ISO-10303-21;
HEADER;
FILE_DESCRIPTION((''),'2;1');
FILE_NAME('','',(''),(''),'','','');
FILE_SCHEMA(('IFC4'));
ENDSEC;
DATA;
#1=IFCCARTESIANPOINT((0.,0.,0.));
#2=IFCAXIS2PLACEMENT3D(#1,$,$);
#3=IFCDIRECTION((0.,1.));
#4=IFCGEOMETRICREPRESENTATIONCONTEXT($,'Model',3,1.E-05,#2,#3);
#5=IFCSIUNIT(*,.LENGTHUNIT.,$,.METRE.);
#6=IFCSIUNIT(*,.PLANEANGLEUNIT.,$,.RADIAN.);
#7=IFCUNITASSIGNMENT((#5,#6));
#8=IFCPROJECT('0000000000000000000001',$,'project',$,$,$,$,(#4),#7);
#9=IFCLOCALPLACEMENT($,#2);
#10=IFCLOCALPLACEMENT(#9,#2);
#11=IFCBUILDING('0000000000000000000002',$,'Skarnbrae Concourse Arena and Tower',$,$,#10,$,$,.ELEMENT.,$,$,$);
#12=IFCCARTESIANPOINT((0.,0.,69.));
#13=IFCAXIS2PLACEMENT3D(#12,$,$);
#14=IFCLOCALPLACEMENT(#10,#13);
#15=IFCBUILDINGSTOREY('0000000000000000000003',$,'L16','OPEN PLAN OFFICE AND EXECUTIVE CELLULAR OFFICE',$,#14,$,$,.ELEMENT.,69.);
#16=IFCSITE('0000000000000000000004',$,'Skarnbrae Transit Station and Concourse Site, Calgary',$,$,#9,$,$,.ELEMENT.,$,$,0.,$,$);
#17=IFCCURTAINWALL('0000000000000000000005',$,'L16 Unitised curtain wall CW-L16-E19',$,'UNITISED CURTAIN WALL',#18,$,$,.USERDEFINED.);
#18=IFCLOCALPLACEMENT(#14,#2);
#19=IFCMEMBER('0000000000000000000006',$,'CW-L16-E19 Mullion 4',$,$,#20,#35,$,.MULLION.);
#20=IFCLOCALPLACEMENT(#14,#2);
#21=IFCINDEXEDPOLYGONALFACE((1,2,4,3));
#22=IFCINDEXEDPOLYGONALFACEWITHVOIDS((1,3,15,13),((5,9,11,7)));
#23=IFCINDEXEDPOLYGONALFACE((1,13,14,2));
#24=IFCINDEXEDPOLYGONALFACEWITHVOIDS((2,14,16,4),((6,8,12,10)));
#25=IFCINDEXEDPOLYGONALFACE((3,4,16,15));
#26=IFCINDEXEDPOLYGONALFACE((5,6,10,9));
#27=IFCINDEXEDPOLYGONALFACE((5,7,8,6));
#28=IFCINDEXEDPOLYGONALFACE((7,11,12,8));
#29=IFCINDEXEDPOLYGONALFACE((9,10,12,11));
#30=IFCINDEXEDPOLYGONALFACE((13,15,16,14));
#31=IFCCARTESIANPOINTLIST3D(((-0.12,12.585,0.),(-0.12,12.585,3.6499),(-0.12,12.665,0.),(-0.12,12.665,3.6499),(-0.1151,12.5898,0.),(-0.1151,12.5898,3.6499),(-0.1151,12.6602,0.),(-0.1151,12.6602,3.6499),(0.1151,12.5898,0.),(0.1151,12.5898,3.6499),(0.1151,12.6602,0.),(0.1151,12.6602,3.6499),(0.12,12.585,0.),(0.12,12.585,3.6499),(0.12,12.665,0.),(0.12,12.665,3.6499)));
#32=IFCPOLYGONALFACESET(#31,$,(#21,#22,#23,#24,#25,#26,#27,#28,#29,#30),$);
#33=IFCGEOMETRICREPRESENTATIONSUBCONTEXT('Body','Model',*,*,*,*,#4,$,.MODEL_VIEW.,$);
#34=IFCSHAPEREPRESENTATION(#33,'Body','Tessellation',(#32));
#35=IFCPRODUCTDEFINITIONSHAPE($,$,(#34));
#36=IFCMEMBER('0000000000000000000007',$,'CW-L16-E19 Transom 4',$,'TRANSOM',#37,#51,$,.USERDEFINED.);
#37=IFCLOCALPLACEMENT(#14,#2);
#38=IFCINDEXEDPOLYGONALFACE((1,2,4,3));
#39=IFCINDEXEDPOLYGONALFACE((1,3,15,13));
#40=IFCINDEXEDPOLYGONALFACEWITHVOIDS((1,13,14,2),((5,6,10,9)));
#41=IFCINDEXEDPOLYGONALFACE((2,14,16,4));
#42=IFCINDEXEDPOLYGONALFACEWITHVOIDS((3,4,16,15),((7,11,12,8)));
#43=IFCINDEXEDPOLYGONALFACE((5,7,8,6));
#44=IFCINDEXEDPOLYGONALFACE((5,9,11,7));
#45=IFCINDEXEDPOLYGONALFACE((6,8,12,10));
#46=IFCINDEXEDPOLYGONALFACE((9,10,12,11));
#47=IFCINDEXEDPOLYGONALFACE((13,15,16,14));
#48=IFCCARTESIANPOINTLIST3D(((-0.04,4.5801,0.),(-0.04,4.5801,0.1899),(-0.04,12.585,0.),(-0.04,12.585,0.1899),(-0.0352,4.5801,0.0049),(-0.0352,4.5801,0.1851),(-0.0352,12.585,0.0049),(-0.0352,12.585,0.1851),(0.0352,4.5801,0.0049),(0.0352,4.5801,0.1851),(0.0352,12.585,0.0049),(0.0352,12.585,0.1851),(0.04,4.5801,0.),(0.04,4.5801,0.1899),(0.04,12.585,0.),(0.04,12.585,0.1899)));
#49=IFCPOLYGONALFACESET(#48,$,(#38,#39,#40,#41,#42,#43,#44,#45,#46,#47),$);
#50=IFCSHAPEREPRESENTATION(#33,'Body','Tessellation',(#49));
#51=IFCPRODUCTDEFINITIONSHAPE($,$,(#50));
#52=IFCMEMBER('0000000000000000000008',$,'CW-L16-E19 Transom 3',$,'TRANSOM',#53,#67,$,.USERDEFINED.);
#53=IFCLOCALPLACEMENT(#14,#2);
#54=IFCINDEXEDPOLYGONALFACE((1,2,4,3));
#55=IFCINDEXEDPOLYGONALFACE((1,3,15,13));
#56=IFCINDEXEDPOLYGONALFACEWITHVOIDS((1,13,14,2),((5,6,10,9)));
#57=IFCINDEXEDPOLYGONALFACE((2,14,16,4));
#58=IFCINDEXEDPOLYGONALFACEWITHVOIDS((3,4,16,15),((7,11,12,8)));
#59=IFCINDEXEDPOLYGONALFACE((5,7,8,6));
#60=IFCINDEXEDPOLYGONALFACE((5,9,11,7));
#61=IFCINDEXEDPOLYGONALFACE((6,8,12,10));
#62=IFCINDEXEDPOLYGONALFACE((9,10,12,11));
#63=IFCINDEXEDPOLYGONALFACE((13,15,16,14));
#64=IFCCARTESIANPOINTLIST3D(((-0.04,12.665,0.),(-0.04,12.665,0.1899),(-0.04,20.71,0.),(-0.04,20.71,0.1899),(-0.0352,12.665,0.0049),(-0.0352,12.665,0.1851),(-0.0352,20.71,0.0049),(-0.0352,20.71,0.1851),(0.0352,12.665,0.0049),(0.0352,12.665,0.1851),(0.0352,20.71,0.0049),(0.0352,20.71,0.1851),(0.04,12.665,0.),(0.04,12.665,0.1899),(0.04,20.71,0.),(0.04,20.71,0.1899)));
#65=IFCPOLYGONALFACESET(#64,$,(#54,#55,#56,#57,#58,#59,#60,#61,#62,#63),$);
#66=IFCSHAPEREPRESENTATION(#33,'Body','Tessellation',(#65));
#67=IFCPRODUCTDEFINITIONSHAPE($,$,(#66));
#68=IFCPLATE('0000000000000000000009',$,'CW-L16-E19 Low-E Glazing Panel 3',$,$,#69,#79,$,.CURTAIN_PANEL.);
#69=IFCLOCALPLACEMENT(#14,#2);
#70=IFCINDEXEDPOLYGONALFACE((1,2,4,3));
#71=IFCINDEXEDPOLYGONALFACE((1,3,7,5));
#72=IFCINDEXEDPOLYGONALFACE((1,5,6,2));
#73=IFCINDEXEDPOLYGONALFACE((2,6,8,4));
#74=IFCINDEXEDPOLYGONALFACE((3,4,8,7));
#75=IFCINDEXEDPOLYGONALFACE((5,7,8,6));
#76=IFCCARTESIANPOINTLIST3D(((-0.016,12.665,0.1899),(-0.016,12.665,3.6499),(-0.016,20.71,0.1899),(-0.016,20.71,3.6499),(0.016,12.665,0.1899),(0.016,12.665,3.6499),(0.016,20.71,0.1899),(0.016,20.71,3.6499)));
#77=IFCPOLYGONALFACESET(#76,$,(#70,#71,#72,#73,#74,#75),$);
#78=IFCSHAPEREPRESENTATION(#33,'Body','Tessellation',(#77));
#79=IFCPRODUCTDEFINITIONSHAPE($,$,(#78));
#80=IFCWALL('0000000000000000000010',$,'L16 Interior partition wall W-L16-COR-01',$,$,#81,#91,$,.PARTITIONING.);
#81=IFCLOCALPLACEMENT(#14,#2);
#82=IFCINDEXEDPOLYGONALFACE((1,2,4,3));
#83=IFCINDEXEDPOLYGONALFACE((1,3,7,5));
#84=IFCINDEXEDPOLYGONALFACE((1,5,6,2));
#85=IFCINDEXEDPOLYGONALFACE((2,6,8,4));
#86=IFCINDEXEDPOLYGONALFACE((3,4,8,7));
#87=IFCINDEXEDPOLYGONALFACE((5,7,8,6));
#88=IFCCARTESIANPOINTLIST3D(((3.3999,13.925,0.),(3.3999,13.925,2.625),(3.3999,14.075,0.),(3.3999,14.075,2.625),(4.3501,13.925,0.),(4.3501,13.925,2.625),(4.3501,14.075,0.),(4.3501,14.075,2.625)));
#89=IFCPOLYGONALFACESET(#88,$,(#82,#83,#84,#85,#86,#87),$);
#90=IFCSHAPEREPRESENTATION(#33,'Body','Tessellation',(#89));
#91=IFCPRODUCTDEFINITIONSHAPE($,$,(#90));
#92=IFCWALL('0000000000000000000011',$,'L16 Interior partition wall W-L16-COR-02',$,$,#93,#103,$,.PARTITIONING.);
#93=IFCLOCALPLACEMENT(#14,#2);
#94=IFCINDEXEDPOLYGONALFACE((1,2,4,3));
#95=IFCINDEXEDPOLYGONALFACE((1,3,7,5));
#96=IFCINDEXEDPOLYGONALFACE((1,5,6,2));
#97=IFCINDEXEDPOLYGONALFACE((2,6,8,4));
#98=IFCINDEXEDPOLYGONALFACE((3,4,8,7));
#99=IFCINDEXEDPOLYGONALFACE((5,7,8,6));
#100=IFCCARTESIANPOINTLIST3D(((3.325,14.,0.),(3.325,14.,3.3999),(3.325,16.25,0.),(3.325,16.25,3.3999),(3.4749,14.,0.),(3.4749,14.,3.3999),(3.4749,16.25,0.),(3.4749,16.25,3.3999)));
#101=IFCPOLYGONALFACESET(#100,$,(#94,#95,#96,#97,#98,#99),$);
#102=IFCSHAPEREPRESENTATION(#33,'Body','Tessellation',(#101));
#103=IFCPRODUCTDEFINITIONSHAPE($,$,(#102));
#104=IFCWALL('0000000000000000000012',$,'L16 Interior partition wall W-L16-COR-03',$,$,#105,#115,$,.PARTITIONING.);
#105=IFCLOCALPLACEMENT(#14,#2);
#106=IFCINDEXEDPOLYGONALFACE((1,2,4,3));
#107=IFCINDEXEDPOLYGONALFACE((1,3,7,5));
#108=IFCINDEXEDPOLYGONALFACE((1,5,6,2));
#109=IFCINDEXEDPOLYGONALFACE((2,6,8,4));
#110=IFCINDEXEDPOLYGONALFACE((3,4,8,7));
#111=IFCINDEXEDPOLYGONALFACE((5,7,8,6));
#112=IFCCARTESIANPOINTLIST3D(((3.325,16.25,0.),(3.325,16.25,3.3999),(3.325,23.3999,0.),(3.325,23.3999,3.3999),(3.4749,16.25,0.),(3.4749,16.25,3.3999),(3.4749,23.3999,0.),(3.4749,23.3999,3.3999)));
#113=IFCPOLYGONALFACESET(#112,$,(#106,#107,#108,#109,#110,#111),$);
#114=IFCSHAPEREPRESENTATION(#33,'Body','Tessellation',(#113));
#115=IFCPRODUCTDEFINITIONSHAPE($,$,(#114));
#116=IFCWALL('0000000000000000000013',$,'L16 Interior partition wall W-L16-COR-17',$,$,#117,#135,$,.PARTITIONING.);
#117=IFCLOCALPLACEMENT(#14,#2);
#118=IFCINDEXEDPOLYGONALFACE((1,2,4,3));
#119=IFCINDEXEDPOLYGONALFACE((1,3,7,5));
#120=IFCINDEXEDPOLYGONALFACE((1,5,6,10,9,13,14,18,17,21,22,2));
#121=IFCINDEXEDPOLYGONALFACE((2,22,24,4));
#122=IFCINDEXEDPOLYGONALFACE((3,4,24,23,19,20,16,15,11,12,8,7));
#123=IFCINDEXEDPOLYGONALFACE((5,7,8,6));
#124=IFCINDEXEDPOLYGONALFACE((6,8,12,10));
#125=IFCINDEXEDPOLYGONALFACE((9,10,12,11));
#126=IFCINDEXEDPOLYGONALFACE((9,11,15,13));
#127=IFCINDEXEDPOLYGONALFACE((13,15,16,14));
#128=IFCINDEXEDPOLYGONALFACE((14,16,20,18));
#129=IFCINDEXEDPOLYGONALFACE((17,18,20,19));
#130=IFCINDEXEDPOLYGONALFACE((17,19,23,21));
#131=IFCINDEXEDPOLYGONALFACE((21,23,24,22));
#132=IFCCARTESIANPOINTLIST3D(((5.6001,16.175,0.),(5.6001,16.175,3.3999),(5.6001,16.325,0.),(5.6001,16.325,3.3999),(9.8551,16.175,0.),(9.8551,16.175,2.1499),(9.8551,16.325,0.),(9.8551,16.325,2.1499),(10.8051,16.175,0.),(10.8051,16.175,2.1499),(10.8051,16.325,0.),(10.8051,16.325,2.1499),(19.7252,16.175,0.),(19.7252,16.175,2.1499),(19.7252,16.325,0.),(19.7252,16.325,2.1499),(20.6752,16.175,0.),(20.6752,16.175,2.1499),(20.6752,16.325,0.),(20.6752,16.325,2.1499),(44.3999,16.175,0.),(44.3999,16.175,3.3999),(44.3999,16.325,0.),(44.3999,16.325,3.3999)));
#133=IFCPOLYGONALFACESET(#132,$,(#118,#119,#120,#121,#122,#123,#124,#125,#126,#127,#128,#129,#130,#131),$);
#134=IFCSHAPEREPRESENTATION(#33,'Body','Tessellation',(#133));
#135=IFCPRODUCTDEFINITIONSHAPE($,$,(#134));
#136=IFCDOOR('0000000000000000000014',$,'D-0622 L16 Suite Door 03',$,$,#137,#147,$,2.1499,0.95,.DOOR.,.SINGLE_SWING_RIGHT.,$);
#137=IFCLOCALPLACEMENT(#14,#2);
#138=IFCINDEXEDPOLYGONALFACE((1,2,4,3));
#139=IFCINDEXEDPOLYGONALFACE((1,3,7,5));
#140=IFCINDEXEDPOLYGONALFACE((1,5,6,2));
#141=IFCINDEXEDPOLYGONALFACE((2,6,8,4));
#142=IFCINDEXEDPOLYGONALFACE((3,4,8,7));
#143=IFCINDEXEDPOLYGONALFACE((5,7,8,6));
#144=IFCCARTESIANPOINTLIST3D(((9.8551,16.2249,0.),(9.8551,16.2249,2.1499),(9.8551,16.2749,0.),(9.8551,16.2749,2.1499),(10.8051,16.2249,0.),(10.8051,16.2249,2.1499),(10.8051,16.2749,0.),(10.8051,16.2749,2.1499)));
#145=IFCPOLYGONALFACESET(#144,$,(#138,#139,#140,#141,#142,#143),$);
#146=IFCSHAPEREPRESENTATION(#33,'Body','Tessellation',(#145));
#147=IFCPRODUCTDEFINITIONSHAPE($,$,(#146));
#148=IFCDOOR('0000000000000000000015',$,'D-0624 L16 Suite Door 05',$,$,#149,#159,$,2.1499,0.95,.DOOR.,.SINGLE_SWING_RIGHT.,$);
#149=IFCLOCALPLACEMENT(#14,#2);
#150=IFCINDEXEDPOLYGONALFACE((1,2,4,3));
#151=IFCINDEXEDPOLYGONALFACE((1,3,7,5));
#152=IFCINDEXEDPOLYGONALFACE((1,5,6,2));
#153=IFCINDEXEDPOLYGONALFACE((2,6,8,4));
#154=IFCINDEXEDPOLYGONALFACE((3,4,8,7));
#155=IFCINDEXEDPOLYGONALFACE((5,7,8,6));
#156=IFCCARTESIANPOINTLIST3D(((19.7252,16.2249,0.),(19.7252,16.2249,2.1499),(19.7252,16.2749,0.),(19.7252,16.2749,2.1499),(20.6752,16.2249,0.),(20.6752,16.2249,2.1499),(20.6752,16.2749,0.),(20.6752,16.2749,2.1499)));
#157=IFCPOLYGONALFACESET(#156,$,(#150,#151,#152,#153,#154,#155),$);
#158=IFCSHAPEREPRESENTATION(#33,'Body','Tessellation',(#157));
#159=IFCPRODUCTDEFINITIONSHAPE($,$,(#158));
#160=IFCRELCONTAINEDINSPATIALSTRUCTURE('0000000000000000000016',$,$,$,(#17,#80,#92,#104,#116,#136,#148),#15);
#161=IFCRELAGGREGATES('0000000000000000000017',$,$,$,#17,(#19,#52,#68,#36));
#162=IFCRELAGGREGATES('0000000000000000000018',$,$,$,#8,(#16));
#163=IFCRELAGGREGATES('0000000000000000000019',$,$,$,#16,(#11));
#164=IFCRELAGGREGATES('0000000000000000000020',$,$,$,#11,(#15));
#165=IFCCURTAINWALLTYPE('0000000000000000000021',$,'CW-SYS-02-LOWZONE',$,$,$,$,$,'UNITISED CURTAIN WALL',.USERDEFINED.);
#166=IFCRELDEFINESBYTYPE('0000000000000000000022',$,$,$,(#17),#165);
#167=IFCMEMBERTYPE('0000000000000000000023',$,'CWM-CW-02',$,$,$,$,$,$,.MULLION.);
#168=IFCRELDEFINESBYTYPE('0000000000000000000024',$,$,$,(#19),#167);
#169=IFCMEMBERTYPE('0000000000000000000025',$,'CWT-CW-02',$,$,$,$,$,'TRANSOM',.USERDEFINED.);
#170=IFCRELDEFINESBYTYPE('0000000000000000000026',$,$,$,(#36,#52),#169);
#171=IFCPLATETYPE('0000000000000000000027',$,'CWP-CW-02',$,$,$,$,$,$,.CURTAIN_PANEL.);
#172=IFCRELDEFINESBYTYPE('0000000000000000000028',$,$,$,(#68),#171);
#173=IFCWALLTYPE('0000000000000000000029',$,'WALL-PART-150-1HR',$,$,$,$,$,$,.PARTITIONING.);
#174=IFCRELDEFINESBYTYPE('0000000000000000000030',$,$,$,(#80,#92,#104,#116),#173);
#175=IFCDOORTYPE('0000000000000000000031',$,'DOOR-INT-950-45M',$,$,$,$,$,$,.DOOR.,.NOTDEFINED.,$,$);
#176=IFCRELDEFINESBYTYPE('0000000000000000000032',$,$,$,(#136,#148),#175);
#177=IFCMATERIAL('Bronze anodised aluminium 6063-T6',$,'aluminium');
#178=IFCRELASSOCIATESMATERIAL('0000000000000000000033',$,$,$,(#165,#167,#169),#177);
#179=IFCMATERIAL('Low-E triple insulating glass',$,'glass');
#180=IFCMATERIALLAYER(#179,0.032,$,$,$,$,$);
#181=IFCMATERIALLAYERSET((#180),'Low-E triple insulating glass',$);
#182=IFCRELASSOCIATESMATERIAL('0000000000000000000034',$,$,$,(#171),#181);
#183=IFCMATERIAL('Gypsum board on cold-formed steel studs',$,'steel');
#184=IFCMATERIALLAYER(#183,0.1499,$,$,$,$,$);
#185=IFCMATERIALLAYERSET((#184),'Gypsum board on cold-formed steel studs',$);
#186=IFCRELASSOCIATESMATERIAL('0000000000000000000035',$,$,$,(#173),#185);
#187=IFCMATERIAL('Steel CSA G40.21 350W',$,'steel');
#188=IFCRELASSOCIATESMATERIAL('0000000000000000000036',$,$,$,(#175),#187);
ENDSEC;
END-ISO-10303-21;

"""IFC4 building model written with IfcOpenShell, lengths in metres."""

from ifc_helpers import new_model, si_unit, direction, frame, frame_2d, origin, origin_2d, place, context, subcontext, project, spatial, rectangle, hollow_rectangle, extrude, source, transform, mapped, material, layer, layer_set, material_profile, profile_set, type_object, element, fill, aggregate, save


model = new_model("IFC4")

# Units and contexts
model_context = context("Model", 3, precision=1e-05, world=origin(), true_north=direction((0.0, 1.0)))
body_context = subcontext(model_context, "Body", "Model", "MODEL_VIEW")
ifc_project = project(units=[si_unit("LENGTHUNIT", "METRE"), si_unit("PLANEANGLEUNIT", "RADIAN")], contexts=[model_context])

# Site, building, storey
site_placement = place(None, origin())
site = spatial("IfcSite", under=ifc_project, at=site_placement, Name="Skarnbrae Transit Station and Concourse Site, Calgary", CompositionType="ELEMENT", RefElevation=0.0)
building_placement = place(site_placement, origin())
building = spatial("IfcBuilding", under=site, at=building_placement, Name="Skarnbrae Concourse Arena and Tower", CompositionType="ELEMENT")
storey_placement = place(building_placement, frame((0.0, 0.0, 69.0)))
storey = spatial("IfcBuildingStorey", under=building, at=storey_placement, Name="L16", Description="OPEN PLAN OFFICE AND EXECUTIVE CELLULAR OFFICE", CompositionType="ELEMENT", Elevation=69.0)

# Shared definitions
ifc_material_1 = material(Name="Steel CSA G40.21 350W", Category="steel")

# Curtain wall, members, plate
ifc_material_2 = material(Name="Bronze anodised aluminium 6063-T6", Category="aluminium")
curtain_wall_type = type_object("IfcCurtainWallType", Name="CW-SYS-02-LOWZONE", ElementType="UNITISED CURTAIN WALL", PredefinedType="USERDEFINED", material=ifc_material_2)
curtain_wall_placement = place(storey_placement, origin())
curtain_wall = element("IfcCurtainWall", 1, at=curtain_wall_placement, inside=storey, type_object=curtain_wall_type, Name="L16 Unitised curtain wall CW-L16-E19", ObjectType="UNITISED CURTAIN WALL", PredefinedType="USERDEFINED")
ifc_material_profile_1 = material_profile(ifc_material_2, hollow_rectangle(XDim=0.0801, YDim=0.24, WallThickness=0.0049, at=origin_2d()), Name="ALU-MULL-80X240")
ifc_profile_set_1 = profile_set([ifc_material_profile_1], Name="Bronze anodised aluminium 6063-T6")
member_type_1 = type_object("IfcMemberType", Name="CWM-CW-02", PredefinedType="MULLION", material=ifc_profile_set_1)
shared_shape_1 = source(origin(), body_context, "Body", "SweptSolid", [
    extrude(hollow_rectangle(XDim=0.0801, YDim=0.24, WallThickness=0.0049, at=origin_2d()), origin(), (0.0, 0.0, 1.0), 3.6499),
])
member_1_placement = place(storey_placement, frame((0.0, 12.625, 0.0), z_axis=(0.0, 0.0, 1.0), x_axis=(0.0, -1.0, 0.0)))
member_1 = element("IfcMember", 2, at=member_1_placement, type_object=member_type_1, Name="CW-L16-E19 Mullion 4", PredefinedType="MULLION", context=body_context, shape_type="MappedRepresentation", body=[
    mapped(shared_shape_1, transform((0.0, 0.0, 0.0))),
])
ifc_material_profile_2 = material_profile(ifc_material_2, hollow_rectangle(XDim=0.0801, YDim=0.1899, WallThickness=0.0049, at=origin_2d()), Name="ALU-TRAN-80X190")
ifc_profile_set_2 = profile_set([ifc_material_profile_2], Name="Bronze anodised aluminium 6063-T6")
member_type_2 = type_object("IfcMemberType", Name="CWT-CW-02", ElementType="TRANSOM", PredefinedType="USERDEFINED", material=ifc_profile_set_2)
shared_shape_2 = source(origin(), body_context, "Body", "SweptSolid", [
    extrude(hollow_rectangle(XDim=0.0801, YDim=0.1899, WallThickness=0.0049, at=origin_2d()), origin(), (0.0, 0.0, 1.0), 8.0049),
])
member_2_placement = place(storey_placement, frame((0.0, 12.585, 0.095), z_axis=(0.0, -1.0, 0.0), x_axis=(1.0, 0.0, 0.0)))
member_2 = element("IfcMember", 3, at=member_2_placement, type_object=member_type_2, Name="CW-L16-E19 Transom 4", ObjectType="TRANSOM", PredefinedType="USERDEFINED", context=body_context, shape_type="MappedRepresentation", body=[
    mapped(shared_shape_2, transform((0.0, 0.0, 0.0))),
])
shared_shape_3 = source(origin(), body_context, "Body", "SweptSolid", [
    extrude(hollow_rectangle(XDim=0.0801, YDim=0.1899, WallThickness=0.0049, at=origin_2d()), origin(), (0.0, 0.0, 1.0), 8.0449),
])
member_3_placement = place(storey_placement, frame((0.0, 20.71, 0.095), z_axis=(0.0, -1.0, 0.0), x_axis=(1.0, 0.0, 0.0)))
member_3 = element("IfcMember", 4, at=member_3_placement, type_object=member_type_2, Name="CW-L16-E19 Transom 3", ObjectType="TRANSOM", PredefinedType="USERDEFINED", context=body_context, shape_type="MappedRepresentation", body=[
    mapped(shared_shape_3, transform((0.0, 0.0, 0.0))),
])
ifc_material_3 = material(Name="Low-E triple insulating glass", Category="glass")
ifc_layer_1 = layer(ifc_material_3, 0.032)
ifc_layer_set_1 = layer_set([ifc_layer_1], Name="Low-E triple insulating glass")
plate_type = type_object("IfcPlateType", Name="CWP-CW-02", PredefinedType="CURTAIN_PANEL", material=ifc_layer_set_1)
shared_shape_4 = source(origin(), body_context, "Body", "SweptSolid", [
    extrude(rectangle(XDim=8.0449, YDim=0.032, at=origin_2d()), origin(), (0.0, 0.0, 1.0), 3.46),
])
plate_placement = place(storey_placement, frame((0.0, 16.6875, 0.1899), z_axis=(0.0, 0.0, 1.0), x_axis=(0.0, -1.0, 0.0)))
plate = element("IfcPlate", 5, at=plate_placement, type_object=plate_type, Name="CW-L16-E19 Low-E Glazing Panel 3", PredefinedType="CURTAIN_PANEL", context=body_context, shape_type="MappedRepresentation", body=[
    mapped(shared_shape_4, transform((0.0, 0.0, 0.0))),
])
aggregate(curtain_wall, [member_1, member_3, plate, member_2])

# Shared definitions
ifc_material_4 = material(Name="Gypsum board on cold-formed steel studs", Category="steel")

# Walls
ifc_layer_2 = layer(ifc_material_4, 0.1499)
ifc_layer_set_2 = layer_set([ifc_layer_2], Name="Gypsum board on cold-formed steel studs")
wall_type_1 = type_object("IfcWallType", Name="WALL-PART-150-1HR", PredefinedType="PARTITIONING", material=ifc_layer_set_2)
shared_shape_5 = source(origin(), body_context, "Body", "SweptSolid", [
    extrude(rectangle(XDim=0.9502, YDim=0.1499, at=frame_2d((0.4751, 0.0))), origin(), (0.0, 0.0, 1.0), 2.625),
])
wall_1_placement = place(storey_placement, frame((4.3501, 14.0, 0.0), z_axis=(0.0, 0.0, 1.0), x_axis=(-1.0, 0.0, 0.0)))
element("IfcWall", 6, at=wall_1_placement, inside=storey, type_object=wall_type_1, Name="L16 Interior partition wall W-L16-COR-01", PredefinedType="PARTITIONING", context=body_context, shape_type="MappedRepresentation", body=[
    mapped(shared_shape_5, transform((0.0, 0.0, 0.0))),
])
shared_shape_6 = source(origin(), body_context, "Body", "SweptSolid", [
    extrude(rectangle(XDim=2.25, YDim=0.1499, at=frame_2d((1.125, 0.0))), origin(), (0.0, 0.0, 1.0), 3.3999),
])
wall_2_placement = place(storey_placement, frame((3.3999, 14.0, 0.0), z_axis=(0.0, 0.0, 1.0), x_axis=(0.0, 1.0, 0.0)))
element("IfcWall", 7, at=wall_2_placement, inside=storey, type_object=wall_type_1, Name="L16 Interior partition wall W-L16-COR-02", PredefinedType="PARTITIONING", context=body_context, shape_type="MappedRepresentation", body=[
    mapped(shared_shape_6, transform((0.0, 0.0, 0.0))),
])
shared_shape_7 = source(origin(), body_context, "Body", "SweptSolid", [
    extrude(rectangle(XDim=7.1499, YDim=0.1499, at=frame_2d((3.575, 0.0))), origin(), (0.0, 0.0, 1.0), 3.3999),
])
wall_3_placement = place(storey_placement, frame((3.3999, 16.25, 0.0), z_axis=(0.0, 0.0, 1.0), x_axis=(0.0, 1.0, 0.0)))
element("IfcWall", 8, at=wall_3_placement, inside=storey, type_object=wall_type_1, Name="L16 Interior partition wall W-L16-COR-03", PredefinedType="PARTITIONING", context=body_context, shape_type="MappedRepresentation", body=[
    mapped(shared_shape_7, transform((0.0, 0.0, 0.0))),
])

# Wall, openings, doors
shared_shape_8 = source(origin(), body_context, "Body", "SweptSolid", [
    extrude(rectangle(XDim=38.7998, YDim=0.1499, at=frame_2d((19.3999, 0.0))), origin(), (0.0, 0.0, 1.0), 3.3999),
])
wall_4_placement = place(storey_placement, frame((5.6001, 16.25, 0.0), z_axis=(0.0, 0.0, 1.0), x_axis=(1.0, 0.0, 0.0)))
wall_4 = element("IfcWall", 9, at=wall_4_placement, inside=storey, type_object=wall_type_1, Name="L16 Interior partition wall W-L16-COR-17", PredefinedType="PARTITIONING", context=body_context, shape_type="MappedRepresentation", body=[
    mapped(shared_shape_8, transform((0.0, 0.0, 0.0))),
])
opening_1_placement = place(wall_4_placement, frame((4.2549, 0.0, 0.0)))
opening_1 = element("IfcOpeningElement", 10, at=opening_1_placement, cuts=wall_4, PredefinedType="OPENING", context=body_context, shape_type="SweptSolid", body=[
    extrude(rectangle(XDim=0.95, YDim=2.1499, at=frame_2d((0.4751, 1.075))), frame((0.0, 0.085, 0.0), z_axis=(0.0, -1.0, 0.0), x_axis=(1.0, 0.0, 0.0)), (0.0, 0.0, 1.0), 0.1699),
])
opening_2_placement = place(wall_4_placement, frame((14.125, 0.0, 0.0)))
opening_2 = element("IfcOpeningElement", 11, at=opening_2_placement, cuts=wall_4, PredefinedType="OPENING", context=body_context, shape_type="SweptSolid", body=[
    extrude(rectangle(XDim=0.95, YDim=2.1499, at=frame_2d((0.4751, 1.075))), frame((0.0, 0.085, 0.0), z_axis=(0.0, -1.0, 0.0), x_axis=(1.0, 0.0, 0.0)), (0.0, 0.0, 1.0), 0.1699),
])
door_type_1 = type_object("IfcDoorType", Name="DOOR-INT-950-45M", OperationType="NOTDEFINED", PredefinedType="DOOR", material=ifc_material_1)
shared_shape_9 = source(origin(), body_context, "Body", "SweptSolid", [
    extrude(rectangle(XDim=0.95, YDim=2.1499, at=frame_2d((0.4751, 1.075))), frame((0.0, 0.0249, 0.0), z_axis=(0.0, -1.0, 0.0), x_axis=(1.0, 0.0, 0.0)), (0.0, 0.0, 1.0), 0.05),
])
door_1_placement = place(opening_1_placement, origin())
door_1 = element("IfcDoor", 12, at=door_1_placement, inside=storey, type_object=door_type_1, Name="D-0622 L16 Suite Door 03", OperationType="SINGLE_SWING_RIGHT", OverallHeight=2.1499, OverallWidth=0.95, PredefinedType="DOOR", context=body_context, shape_type="MappedRepresentation", body=[
    mapped(shared_shape_9, transform((0.0, 0.0, 0.0))),
])
fill(opening_1, door_1)
door_2_placement = place(opening_2_placement, origin())
door_2 = element("IfcDoor", 13, at=door_2_placement, inside=storey, type_object=door_type_1, Name="D-0624 L16 Suite Door 05", OperationType="SINGLE_SWING_RIGHT", OverallHeight=2.1499, OverallWidth=0.95, PredefinedType="DOOR", context=body_context, shape_type="MappedRepresentation", body=[
    mapped(shared_shape_9, transform((0.0, 0.0, 0.0))),
])
fill(opening_2, door_2)

save(model, "model.ifc")
